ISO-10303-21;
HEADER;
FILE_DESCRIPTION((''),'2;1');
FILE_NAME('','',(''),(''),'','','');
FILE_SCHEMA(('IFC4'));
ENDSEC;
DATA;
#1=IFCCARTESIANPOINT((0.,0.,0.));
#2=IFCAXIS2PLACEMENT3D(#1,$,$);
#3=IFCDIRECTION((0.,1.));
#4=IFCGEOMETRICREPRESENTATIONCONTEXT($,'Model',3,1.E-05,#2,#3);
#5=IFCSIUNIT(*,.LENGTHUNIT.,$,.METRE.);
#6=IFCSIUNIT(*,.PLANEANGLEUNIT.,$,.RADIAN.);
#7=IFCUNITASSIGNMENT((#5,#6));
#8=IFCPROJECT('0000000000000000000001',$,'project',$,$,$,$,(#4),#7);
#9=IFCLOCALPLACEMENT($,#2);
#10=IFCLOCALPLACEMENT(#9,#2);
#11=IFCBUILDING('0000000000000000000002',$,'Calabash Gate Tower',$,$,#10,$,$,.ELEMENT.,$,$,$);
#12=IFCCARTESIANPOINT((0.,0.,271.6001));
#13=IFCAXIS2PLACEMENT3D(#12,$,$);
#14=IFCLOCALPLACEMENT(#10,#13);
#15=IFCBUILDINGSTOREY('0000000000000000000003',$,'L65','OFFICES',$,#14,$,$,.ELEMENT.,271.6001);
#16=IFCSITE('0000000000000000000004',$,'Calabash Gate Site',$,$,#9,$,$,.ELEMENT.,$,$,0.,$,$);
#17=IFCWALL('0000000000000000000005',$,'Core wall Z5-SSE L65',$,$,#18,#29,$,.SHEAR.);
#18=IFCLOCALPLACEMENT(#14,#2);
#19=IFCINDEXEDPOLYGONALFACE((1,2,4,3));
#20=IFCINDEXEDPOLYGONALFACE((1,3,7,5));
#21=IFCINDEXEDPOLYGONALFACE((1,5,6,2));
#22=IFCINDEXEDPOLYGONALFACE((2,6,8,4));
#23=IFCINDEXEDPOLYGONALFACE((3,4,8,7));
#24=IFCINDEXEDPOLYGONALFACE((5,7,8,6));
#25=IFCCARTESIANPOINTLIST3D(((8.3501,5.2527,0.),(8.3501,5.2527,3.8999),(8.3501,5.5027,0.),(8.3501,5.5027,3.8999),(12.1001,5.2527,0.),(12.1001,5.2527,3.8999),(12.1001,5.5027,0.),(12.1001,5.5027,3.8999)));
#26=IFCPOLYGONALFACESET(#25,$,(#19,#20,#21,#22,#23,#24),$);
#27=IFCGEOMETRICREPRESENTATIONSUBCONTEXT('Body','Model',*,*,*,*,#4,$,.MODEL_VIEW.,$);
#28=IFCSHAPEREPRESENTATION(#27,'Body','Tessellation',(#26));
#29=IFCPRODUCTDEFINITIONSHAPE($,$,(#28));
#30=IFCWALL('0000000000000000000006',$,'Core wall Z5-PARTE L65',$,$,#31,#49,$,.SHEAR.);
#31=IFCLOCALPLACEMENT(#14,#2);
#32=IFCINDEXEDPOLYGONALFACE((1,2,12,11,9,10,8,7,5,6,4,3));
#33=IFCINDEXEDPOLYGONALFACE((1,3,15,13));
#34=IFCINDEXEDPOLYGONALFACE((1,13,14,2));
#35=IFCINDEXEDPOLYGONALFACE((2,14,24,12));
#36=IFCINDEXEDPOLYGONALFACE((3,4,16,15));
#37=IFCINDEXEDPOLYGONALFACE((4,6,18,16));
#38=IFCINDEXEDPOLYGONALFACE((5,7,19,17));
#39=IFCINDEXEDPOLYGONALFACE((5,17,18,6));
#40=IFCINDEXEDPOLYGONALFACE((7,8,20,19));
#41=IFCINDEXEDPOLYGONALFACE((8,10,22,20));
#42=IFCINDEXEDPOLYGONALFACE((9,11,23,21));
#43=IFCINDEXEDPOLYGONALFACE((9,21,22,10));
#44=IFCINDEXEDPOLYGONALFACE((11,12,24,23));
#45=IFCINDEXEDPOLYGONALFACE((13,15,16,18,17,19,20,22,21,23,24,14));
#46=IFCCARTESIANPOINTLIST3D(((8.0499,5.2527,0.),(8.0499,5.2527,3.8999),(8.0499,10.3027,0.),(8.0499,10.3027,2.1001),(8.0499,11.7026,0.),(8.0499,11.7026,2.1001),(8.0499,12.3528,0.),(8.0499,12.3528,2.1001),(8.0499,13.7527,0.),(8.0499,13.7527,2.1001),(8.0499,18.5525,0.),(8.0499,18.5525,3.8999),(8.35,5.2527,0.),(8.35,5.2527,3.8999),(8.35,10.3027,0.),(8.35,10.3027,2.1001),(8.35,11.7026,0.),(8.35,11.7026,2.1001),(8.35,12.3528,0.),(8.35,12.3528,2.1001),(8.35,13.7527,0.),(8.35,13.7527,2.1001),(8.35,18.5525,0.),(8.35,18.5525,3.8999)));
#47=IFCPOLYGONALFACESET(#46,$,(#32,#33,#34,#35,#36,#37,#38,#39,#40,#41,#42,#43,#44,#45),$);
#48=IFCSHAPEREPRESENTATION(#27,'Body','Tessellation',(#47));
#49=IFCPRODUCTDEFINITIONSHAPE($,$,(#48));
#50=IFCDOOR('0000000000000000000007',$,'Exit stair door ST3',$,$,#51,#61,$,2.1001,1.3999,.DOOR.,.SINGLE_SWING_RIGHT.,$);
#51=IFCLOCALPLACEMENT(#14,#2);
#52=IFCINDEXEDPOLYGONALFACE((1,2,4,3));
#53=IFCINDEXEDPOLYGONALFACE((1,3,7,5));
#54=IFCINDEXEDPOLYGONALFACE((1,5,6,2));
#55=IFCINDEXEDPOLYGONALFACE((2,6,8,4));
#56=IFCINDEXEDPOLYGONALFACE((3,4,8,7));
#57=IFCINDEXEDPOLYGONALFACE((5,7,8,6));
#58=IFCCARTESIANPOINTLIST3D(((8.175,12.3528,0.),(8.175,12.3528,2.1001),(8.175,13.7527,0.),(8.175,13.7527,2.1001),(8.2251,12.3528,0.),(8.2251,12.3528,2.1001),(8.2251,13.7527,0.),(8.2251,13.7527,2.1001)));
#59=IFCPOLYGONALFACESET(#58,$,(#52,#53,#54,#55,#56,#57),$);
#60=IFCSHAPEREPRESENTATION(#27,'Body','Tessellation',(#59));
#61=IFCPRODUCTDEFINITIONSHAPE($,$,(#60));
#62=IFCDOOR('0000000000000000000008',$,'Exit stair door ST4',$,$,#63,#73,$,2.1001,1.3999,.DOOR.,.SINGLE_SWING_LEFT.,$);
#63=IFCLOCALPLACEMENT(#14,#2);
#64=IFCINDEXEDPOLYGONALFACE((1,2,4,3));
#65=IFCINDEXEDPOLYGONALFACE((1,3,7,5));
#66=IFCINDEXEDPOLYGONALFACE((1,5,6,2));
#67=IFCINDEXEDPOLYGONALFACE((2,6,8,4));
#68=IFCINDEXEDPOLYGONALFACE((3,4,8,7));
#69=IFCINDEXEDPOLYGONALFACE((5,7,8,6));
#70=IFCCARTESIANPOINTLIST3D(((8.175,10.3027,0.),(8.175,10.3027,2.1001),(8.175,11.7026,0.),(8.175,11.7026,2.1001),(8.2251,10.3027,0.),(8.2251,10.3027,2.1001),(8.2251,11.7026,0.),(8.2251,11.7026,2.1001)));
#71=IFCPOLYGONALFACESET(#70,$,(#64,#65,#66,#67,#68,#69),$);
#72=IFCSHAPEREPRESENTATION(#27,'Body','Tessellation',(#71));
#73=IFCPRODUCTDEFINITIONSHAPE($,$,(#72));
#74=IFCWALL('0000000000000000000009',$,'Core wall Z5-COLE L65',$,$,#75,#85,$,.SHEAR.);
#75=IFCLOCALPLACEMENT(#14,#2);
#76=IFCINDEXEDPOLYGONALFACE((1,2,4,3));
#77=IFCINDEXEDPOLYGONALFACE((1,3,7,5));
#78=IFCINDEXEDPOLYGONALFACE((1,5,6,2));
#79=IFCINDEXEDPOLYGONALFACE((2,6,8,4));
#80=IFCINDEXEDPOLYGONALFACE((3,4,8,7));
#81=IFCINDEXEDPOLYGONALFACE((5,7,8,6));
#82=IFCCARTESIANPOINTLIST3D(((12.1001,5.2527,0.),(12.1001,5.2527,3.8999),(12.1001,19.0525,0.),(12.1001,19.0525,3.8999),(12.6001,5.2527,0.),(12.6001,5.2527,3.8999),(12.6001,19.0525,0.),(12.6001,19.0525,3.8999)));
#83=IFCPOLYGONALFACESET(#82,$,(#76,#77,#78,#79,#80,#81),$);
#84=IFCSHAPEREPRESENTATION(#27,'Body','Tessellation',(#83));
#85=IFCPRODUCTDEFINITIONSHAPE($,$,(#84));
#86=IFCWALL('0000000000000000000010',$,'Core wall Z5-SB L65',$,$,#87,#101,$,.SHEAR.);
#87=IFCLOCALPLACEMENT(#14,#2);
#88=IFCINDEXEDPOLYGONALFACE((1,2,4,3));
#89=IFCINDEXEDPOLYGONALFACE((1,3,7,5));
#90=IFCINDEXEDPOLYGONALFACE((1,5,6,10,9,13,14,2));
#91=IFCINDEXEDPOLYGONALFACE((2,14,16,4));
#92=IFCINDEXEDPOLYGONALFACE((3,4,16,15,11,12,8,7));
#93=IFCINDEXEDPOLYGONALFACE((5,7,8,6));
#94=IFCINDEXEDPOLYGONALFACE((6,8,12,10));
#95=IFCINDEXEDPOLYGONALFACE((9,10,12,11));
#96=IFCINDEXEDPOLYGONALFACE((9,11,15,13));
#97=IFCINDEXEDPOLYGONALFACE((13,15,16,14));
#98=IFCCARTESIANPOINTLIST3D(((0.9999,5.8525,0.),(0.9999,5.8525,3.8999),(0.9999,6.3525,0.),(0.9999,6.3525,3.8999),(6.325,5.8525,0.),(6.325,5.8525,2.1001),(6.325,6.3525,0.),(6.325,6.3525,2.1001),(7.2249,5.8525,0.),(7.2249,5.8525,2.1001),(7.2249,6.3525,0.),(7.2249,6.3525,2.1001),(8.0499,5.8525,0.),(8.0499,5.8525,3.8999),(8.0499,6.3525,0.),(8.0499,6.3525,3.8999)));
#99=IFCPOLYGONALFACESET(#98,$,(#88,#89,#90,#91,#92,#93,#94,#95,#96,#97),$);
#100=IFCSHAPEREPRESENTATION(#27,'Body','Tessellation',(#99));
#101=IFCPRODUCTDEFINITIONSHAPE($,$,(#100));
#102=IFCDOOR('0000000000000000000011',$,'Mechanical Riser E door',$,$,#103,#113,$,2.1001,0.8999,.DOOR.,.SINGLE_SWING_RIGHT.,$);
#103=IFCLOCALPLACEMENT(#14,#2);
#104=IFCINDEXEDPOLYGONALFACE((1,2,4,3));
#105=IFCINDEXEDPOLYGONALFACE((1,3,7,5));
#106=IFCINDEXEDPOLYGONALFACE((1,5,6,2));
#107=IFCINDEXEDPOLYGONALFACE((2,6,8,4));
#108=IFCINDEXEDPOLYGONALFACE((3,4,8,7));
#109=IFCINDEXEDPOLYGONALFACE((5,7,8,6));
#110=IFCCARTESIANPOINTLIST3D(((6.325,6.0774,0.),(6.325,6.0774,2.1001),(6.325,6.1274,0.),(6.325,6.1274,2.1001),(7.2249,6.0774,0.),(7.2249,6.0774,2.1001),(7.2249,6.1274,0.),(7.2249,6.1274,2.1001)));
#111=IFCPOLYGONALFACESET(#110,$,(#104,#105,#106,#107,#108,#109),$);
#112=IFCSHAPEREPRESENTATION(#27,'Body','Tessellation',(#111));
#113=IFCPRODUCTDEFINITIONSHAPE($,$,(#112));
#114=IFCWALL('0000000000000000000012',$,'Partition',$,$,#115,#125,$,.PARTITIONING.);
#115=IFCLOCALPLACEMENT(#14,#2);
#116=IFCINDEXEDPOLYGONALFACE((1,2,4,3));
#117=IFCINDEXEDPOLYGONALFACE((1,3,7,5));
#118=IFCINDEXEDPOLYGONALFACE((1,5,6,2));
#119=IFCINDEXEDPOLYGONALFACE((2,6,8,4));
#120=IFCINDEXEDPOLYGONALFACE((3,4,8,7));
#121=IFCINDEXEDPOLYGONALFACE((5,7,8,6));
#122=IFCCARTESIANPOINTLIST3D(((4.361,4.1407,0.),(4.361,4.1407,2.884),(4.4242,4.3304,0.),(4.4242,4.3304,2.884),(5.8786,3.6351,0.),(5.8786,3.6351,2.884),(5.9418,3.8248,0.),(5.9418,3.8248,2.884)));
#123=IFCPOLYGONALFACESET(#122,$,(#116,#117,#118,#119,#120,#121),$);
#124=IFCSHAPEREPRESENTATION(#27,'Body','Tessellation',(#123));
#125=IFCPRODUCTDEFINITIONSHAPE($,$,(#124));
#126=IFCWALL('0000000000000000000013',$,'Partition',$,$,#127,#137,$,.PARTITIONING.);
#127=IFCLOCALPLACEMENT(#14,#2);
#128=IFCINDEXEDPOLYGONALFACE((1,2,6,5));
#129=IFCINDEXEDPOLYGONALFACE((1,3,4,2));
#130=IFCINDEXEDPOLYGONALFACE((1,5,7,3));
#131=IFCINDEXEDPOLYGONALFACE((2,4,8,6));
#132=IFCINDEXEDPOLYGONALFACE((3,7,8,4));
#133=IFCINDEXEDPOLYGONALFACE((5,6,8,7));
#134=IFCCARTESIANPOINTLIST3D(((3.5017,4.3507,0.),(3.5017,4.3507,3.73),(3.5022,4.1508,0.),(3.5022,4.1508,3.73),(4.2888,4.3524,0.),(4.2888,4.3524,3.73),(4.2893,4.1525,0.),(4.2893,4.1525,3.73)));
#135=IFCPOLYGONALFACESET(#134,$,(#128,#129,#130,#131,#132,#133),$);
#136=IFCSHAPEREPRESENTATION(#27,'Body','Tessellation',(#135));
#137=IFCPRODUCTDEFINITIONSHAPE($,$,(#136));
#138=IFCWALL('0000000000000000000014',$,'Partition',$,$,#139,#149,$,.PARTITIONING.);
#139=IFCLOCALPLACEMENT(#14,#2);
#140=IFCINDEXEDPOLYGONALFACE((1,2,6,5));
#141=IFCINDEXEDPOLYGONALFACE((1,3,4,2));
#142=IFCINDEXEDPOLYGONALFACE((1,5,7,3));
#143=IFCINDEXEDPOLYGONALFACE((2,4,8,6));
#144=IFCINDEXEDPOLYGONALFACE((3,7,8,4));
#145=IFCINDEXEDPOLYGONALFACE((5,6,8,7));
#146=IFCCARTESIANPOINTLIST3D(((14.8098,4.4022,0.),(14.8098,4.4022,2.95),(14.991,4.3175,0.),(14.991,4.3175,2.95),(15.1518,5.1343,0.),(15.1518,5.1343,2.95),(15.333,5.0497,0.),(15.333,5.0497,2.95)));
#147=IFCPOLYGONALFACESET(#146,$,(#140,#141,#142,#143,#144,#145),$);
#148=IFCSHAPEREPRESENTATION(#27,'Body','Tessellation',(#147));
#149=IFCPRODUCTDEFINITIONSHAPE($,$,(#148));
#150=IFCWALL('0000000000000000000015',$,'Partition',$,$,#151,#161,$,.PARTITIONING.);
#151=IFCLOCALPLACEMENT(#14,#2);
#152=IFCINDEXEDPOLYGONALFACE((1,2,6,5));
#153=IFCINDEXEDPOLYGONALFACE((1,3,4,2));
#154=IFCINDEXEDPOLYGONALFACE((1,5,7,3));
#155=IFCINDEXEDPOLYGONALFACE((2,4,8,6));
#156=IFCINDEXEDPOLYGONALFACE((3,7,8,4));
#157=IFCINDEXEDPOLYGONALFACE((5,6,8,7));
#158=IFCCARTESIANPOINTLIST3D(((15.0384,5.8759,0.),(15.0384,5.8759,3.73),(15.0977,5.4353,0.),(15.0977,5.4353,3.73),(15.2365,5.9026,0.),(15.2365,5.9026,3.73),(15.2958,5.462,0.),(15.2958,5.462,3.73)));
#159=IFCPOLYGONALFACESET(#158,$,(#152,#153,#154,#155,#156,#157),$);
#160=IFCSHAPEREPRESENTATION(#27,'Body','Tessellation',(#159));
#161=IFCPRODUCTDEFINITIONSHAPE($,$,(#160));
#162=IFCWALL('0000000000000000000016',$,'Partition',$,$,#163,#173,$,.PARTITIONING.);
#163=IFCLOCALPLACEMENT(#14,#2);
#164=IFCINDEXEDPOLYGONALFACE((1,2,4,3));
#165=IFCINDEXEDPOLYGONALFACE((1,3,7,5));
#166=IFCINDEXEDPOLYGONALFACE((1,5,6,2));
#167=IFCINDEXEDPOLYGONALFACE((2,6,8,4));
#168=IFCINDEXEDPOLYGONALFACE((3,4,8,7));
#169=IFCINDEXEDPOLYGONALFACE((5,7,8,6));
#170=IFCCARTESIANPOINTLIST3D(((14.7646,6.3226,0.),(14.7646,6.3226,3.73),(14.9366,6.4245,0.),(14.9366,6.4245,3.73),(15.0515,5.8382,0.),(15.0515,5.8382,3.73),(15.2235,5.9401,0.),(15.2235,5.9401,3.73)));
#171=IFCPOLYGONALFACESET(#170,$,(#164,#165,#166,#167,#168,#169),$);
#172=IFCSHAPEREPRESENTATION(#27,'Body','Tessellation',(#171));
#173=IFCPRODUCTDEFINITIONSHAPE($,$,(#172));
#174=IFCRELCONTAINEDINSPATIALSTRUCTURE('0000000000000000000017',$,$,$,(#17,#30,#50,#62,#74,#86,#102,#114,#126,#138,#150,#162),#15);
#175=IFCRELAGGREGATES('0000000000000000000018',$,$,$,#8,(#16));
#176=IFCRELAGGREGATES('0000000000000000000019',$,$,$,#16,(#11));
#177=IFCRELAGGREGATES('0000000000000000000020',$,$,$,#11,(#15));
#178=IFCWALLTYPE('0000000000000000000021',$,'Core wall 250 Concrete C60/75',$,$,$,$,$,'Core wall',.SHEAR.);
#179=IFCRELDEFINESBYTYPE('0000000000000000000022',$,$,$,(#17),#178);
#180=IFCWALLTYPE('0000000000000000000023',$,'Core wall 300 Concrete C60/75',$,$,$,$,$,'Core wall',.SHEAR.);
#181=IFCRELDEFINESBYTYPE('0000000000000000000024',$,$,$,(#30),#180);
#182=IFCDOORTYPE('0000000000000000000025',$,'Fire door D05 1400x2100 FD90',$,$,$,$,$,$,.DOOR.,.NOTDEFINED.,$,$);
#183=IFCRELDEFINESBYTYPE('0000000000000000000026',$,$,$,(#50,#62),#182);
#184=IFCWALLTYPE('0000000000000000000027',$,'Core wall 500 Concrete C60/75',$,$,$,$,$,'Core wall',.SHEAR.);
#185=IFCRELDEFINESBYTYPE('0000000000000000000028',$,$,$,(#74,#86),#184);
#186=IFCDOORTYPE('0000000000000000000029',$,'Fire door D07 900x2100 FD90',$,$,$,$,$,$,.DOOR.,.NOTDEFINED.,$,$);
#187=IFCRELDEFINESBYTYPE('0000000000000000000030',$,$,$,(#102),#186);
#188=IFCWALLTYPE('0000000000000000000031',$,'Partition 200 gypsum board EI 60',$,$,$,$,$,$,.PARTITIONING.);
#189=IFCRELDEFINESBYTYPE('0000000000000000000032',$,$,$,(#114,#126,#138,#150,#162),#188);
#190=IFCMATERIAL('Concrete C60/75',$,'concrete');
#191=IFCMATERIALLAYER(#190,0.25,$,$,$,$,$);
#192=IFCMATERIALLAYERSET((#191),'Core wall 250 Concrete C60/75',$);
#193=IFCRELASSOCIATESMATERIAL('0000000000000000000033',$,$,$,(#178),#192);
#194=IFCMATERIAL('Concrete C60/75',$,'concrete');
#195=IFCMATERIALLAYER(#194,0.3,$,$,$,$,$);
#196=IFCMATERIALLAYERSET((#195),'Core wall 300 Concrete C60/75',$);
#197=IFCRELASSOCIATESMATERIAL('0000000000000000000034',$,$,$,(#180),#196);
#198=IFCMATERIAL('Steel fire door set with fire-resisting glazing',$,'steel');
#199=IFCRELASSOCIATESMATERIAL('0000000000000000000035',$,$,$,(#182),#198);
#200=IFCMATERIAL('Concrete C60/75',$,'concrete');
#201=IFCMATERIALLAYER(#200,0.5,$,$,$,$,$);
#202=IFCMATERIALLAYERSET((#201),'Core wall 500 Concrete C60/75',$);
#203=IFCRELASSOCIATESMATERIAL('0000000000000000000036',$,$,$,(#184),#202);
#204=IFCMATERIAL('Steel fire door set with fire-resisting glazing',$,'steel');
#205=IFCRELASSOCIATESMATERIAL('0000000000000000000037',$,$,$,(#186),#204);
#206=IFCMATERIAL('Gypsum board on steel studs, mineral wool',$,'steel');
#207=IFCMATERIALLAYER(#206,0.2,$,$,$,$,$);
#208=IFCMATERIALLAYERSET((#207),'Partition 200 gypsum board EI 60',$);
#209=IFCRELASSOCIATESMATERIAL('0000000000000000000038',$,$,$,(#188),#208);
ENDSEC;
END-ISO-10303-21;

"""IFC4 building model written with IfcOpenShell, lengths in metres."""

from ifc_helpers import new_model, si_unit, direction, frame, frame_2d, origin, place, context, subcontext, project, spatial, rectangle, extrude, material, layer, layer_set, type_object, element, fill, save


model = new_model("IFC4")

# Units and contexts
model_context = context("Model", 3, precision=1e-05, world=origin(), true_north=direction((0.0, 1.0)))
body_context = subcontext(model_context, "Body", "Model", "MODEL_VIEW")
ifc_project = project(units=[si_unit("LENGTHUNIT", "METRE"), si_unit("PLANEANGLEUNIT", "RADIAN")], contexts=[model_context])

# Site, building, storey
site_placement = place(None, origin())
site = spatial("IfcSite", under=ifc_project, at=site_placement, Name="Calabash Gate Site", CompositionType="ELEMENT", RefElevation=0.0)
building_placement = place(site_placement, origin())
building = spatial("IfcBuilding", under=site, at=building_placement, Name="Calabash Gate Tower", CompositionType="ELEMENT")
storey_placement = place(building_placement, frame((0.0, 0.0, 271.6001)))
storey = spatial("IfcBuildingStorey", under=building, at=storey_placement, Name="L65", Description="OFFICES", CompositionType="ELEMENT", Elevation=271.6001)

# Wall
ifc_material_1 = material(Name="Concrete C60/75", Category="concrete")
ifc_layer_1 = layer(ifc_material_1, 0.25)
ifc_layer_set_1 = layer_set([ifc_layer_1], Name="Core wall 250 Concrete C60/75")
wall_type_1 = type_object("IfcWallType", Name="Core wall 250 Concrete C60/75", ElementType="Core wall", PredefinedType="SHEAR", material=ifc_layer_set_1)
wall_1_placement = place(storey_placement, frame((8.3501, 5.3777, 0.0), z_axis=(0.0, 0.0, 1.0), x_axis=(1.0, 0.0, 0.0)))
element("IfcWall", 1, at=wall_1_placement, inside=storey, type_object=wall_type_1, Name="Core wall Z5-SSE L65", PredefinedType="SHEAR", context=body_context, shape_type="SweptSolid", body=[
    extrude(rectangle(XDim=3.75, YDim=0.25, at=frame_2d((1.875, 0.0))), origin(), (0.0, 0.0, 1.0), 3.8999),
])

# Wall, openings, doors
ifc_material_2 = material(Name="Concrete C60/75", Category="concrete")
ifc_layer_2 = layer(ifc_material_2, 0.3)
ifc_layer_set_2 = layer_set([ifc_layer_2], Name="Core wall 300 Concrete C60/75")
wall_type_2 = type_object("IfcWallType", Name="Core wall 300 Concrete C60/75", ElementType="Core wall", PredefinedType="SHEAR", material=ifc_layer_set_2)
wall_2_placement = place(storey_placement, frame((8.2, 5.2527, 0.0), z_axis=(0.0, 0.0, 1.0), x_axis=(0.0, 1.0, 0.0)))
wall_2 = element("IfcWall", 2, at=wall_2_placement, inside=storey, type_object=wall_type_2, Name="Core wall Z5-PARTE L65", PredefinedType="SHEAR", context=body_context, shape_type="SweptSolid", body=[
    extrude(rectangle(XDim=13.2998, YDim=0.3, at=frame_2d((6.6499, 0.0))), origin(), (0.0, 0.0, 1.0), 3.8999),
])
opening_1_placement = place(wall_2_placement, frame((7.1001, 0.0, 0.0)))
opening_1 = element("IfcOpeningElement", 3, at=opening_1_placement, cuts=wall_2, PredefinedType="OPENING", context=body_context, shape_type="SweptSolid", body=[
    extrude(rectangle(XDim=1.3999, YDim=2.1001, at=frame_2d((0.7, 1.05))), frame((0.0, 0.1599, 0.0), z_axis=(0.0, -1.0, 0.0), x_axis=(1.0, 0.0, 0.0)), (0.0, 0.0, 1.0), 0.3201),
])
opening_2_placement = place(wall_2_placement, frame((5.05, 0.0, 0.0)))
opening_2 = element("IfcOpeningElement", 4, at=opening_2_placement, cuts=wall_2, PredefinedType="OPENING", context=body_context, shape_type="SweptSolid", body=[
    extrude(rectangle(XDim=1.3999, YDim=2.1001, at=frame_2d((0.7, 1.05))), frame((0.0, 0.1599, 0.0), z_axis=(0.0, -1.0, 0.0), x_axis=(1.0, 0.0, 0.0)), (0.0, 0.0, 1.0), 0.3201),
])
ifc_material_3 = material(Name="Steel fire door set with fire-resisting glazing", Category="steel")
door_type_1 = type_object("IfcDoorType", Name="Fire door D05 1400x2100 FD90", OperationType="NOTDEFINED", PredefinedType="DOOR", material=ifc_material_3)
door_1_placement = place(opening_1_placement, origin())
door_1 = element("IfcDoor", 5, at=door_1_placement, inside=storey, type_object=door_type_1, Name="Exit stair door ST3", OperationType="SINGLE_SWING_RIGHT", OverallHeight=2.1001, OverallWidth=1.3999, PredefinedType="DOOR", context=body_context, shape_type="SweptSolid", body=[
    extrude(rectangle(XDim=1.3999, YDim=2.1001, at=frame_2d((0.7, 1.05))), frame((0.0, 0.0249, 0.0), z_axis=(0.0, -1.0, 0.0), x_axis=(1.0, 0.0, 0.0)), (0.0, 0.0, 1.0), 0.05),
])
fill(opening_1, door_1)
door_2_placement = place(opening_2_placement, origin())
door_2 = element("IfcDoor", 6, at=door_2_placement, inside=storey, type_object=door_type_1, Name="Exit stair door ST4", OperationType="SINGLE_SWING_LEFT", OverallHeight=2.1001, OverallWidth=1.3999, PredefinedType="DOOR", context=body_context, shape_type="SweptSolid", body=[
    extrude(rectangle(XDim=1.3999, YDim=2.1001, at=frame_2d((0.7, 1.05))), frame((0.0, 0.0249, 0.0), z_axis=(0.0, -1.0, 0.0), x_axis=(1.0, 0.0, 0.0)), (0.0, 0.0, 1.0), 0.05),
])
fill(opening_2, door_2)

# Wall
ifc_material_4 = material(Name="Concrete C60/75", Category="concrete")
ifc_layer_3 = layer(ifc_material_4, 0.5)
ifc_layer_set_3 = layer_set([ifc_layer_3], Name="Core wall 500 Concrete C60/75")
wall_type_3 = type_object("IfcWallType", Name="Core wall 500 Concrete C60/75", ElementType="Core wall", PredefinedType="SHEAR", material=ifc_layer_set_3)
wall_3_placement = place(storey_placement, frame((12.3501, 5.2527, 0.0), z_axis=(0.0, 0.0, 1.0), x_axis=(0.0, 1.0, 0.0)))
element("IfcWall", 7, at=wall_3_placement, inside=storey, type_object=wall_type_3, Name="Core wall Z5-COLE L65", PredefinedType="SHEAR", context=body_context, shape_type="SweptSolid", body=[
    extrude(rectangle(XDim=13.7998, YDim=0.5, at=frame_2d((6.8999, 0.0))), origin(), (0.0, 0.0, 1.0), 3.8999),
])

# Wall, opening, door
wall_4_placement = place(storey_placement, frame((1.0, 6.1025, 0.0), z_axis=(0.0, 0.0, 1.0), x_axis=(1.0, 0.0, 0.0)))
wall_4 = element("IfcWall", 8, at=wall_4_placement, inside=storey, type_object=wall_type_3, Name="Core wall Z5-SB L65", PredefinedType="SHEAR", context=body_context, shape_type="SweptSolid", body=[
    extrude(rectangle(XDim=7.05, YDim=0.5, at=frame_2d((3.5249, 0.0))), origin(), (0.0, 0.0, 1.0), 3.8999),
])
opening_3_placement = place(wall_4_placement, frame((5.325, 0.0, 0.0)))
opening_3 = element("IfcOpeningElement", 9, at=opening_3_placement, cuts=wall_4, PredefinedType="OPENING", context=body_context, shape_type="SweptSolid", body=[
    extrude(rectangle(XDim=0.8999, YDim=2.1001, at=frame_2d((0.45, 1.05))), frame((0.0, 0.26, 0.0), z_axis=(0.0, -1.0, 0.0), x_axis=(1.0, 0.0, 0.0)), (0.0, 0.0, 1.0), 0.52),
])
ifc_material_5 = material(Name="Steel fire door set with fire-resisting glazing", Category="steel")
door_type_2 = type_object("IfcDoorType", Name="Fire door D07 900x2100 FD90", OperationType="NOTDEFINED", PredefinedType="DOOR", material=ifc_material_5)
door_3_placement = place(opening_3_placement, origin())
door_3 = element("IfcDoor", 10, at=door_3_placement, inside=storey, type_object=door_type_2, Name="Mechanical Riser E door", OperationType="SINGLE_SWING_RIGHT", OverallHeight=2.1001, OverallWidth=0.8999, PredefinedType="DOOR", context=body_context, shape_type="SweptSolid", body=[
    extrude(rectangle(XDim=0.8999, YDim=2.1001, at=frame_2d((0.45, 1.05))), frame((0.0, 0.0249, 0.0), z_axis=(0.0, -1.0, 0.0), x_axis=(1.0, 0.0, 0.0)), (0.0, 0.0, 1.0), 0.05),
])
fill(opening_3, door_3)

# Walls
ifc_material_6 = material(Name="Gypsum board on steel studs, mineral wool", Category="steel")
ifc_layer_4 = layer(ifc_material_6, 0.2)
ifc_layer_set_4 = layer_set([ifc_layer_4], Name="Partition 200 gypsum board EI 60")
wall_type_4 = type_object("IfcWallType", Name="Partition 200 gypsum board EI 60", PredefinedType="PARTITIONING", material=ifc_layer_set_4)
wall_5_placement = place(storey_placement, frame((4.3926, 4.2356, 0.0), z_axis=(0.0, 0.0, 1.0), x_axis=(0.948729, -0.31609, 0.0)))
element("IfcWall", 11, at=wall_5_placement, inside=storey, type_object=wall_type_4, Name="Partition", PredefinedType="PARTITIONING", context=body_context, shape_type="SweptSolid", body=[
    extrude(rectangle(XDim=1.5996, YDim=0.2, at=frame_2d((0.7998, 0.0))), origin(), (0.0, 0.0, 1.0), 2.884),
])
wall_6_placement = place(storey_placement, frame((3.502, 4.2507, 0.0), z_axis=(0.0, 0.0, 1.0), x_axis=(0.999998, 0.002171, 0.0)))
element("IfcWall", 12, at=wall_6_placement, inside=storey, type_object=wall_type_4, Name="Partition", PredefinedType="PARTITIONING", context=body_context, shape_type="SweptSolid", body=[
    extrude(rectangle(XDim=0.7871, YDim=0.2, at=frame_2d((0.3936, 0.0))), origin(), (0.0, 0.0, 1.0), 3.73),
])
wall_7_placement = place(storey_placement, frame((14.9004, 4.3599, 0.0), z_axis=(0.0, 0.0, 1.0), x_axis=(0.423249, 0.906013, 0.0)))
element("IfcWall", 13, at=wall_7_placement, inside=storey, type_object=wall_type_4, Name="Partition", PredefinedType="PARTITIONING", context=body_context, shape_type="SweptSolid", body=[
    extrude(rectangle(XDim=0.8081, YDim=0.2, at=frame_2d((0.4041, 0.0))), origin(), (0.0, 0.0, 1.0), 2.95),
])
wall_8_placement = place(storey_placement, frame((15.1375, 5.8892, 0.0), z_axis=(0.0, 0.0, 1.0), x_axis=(0.133422, -0.991059, 0.0)))
element("IfcWall", 14, at=wall_8_placement, inside=storey, type_object=wall_type_4, Name="Partition", PredefinedType="PARTITIONING", context=body_context, shape_type="SweptSolid", body=[
    extrude(rectangle(XDim=0.4446, YDim=0.2, at=frame_2d((0.2222, 0.0))), origin(), (0.0, 0.0, 1.0), 3.73),
])
wall_9_placement = place(storey_placement, frame((14.8506, 6.3735, 0.0), z_axis=(0.0, 0.0, 1.0), x_axis=(0.509577, -0.860425, 0.0)))
element("IfcWall", 15, at=wall_9_placement, inside=storey, type_object=wall_type_4, Name="Partition", PredefinedType="PARTITIONING", context=body_context, shape_type="SweptSolid", body=[
    extrude(rectangle(XDim=0.563, YDim=0.2, at=frame_2d((0.2815, 0.0))), origin(), (0.0, 0.0, 1.0), 3.73),
])

save(model, "model.ifc")
